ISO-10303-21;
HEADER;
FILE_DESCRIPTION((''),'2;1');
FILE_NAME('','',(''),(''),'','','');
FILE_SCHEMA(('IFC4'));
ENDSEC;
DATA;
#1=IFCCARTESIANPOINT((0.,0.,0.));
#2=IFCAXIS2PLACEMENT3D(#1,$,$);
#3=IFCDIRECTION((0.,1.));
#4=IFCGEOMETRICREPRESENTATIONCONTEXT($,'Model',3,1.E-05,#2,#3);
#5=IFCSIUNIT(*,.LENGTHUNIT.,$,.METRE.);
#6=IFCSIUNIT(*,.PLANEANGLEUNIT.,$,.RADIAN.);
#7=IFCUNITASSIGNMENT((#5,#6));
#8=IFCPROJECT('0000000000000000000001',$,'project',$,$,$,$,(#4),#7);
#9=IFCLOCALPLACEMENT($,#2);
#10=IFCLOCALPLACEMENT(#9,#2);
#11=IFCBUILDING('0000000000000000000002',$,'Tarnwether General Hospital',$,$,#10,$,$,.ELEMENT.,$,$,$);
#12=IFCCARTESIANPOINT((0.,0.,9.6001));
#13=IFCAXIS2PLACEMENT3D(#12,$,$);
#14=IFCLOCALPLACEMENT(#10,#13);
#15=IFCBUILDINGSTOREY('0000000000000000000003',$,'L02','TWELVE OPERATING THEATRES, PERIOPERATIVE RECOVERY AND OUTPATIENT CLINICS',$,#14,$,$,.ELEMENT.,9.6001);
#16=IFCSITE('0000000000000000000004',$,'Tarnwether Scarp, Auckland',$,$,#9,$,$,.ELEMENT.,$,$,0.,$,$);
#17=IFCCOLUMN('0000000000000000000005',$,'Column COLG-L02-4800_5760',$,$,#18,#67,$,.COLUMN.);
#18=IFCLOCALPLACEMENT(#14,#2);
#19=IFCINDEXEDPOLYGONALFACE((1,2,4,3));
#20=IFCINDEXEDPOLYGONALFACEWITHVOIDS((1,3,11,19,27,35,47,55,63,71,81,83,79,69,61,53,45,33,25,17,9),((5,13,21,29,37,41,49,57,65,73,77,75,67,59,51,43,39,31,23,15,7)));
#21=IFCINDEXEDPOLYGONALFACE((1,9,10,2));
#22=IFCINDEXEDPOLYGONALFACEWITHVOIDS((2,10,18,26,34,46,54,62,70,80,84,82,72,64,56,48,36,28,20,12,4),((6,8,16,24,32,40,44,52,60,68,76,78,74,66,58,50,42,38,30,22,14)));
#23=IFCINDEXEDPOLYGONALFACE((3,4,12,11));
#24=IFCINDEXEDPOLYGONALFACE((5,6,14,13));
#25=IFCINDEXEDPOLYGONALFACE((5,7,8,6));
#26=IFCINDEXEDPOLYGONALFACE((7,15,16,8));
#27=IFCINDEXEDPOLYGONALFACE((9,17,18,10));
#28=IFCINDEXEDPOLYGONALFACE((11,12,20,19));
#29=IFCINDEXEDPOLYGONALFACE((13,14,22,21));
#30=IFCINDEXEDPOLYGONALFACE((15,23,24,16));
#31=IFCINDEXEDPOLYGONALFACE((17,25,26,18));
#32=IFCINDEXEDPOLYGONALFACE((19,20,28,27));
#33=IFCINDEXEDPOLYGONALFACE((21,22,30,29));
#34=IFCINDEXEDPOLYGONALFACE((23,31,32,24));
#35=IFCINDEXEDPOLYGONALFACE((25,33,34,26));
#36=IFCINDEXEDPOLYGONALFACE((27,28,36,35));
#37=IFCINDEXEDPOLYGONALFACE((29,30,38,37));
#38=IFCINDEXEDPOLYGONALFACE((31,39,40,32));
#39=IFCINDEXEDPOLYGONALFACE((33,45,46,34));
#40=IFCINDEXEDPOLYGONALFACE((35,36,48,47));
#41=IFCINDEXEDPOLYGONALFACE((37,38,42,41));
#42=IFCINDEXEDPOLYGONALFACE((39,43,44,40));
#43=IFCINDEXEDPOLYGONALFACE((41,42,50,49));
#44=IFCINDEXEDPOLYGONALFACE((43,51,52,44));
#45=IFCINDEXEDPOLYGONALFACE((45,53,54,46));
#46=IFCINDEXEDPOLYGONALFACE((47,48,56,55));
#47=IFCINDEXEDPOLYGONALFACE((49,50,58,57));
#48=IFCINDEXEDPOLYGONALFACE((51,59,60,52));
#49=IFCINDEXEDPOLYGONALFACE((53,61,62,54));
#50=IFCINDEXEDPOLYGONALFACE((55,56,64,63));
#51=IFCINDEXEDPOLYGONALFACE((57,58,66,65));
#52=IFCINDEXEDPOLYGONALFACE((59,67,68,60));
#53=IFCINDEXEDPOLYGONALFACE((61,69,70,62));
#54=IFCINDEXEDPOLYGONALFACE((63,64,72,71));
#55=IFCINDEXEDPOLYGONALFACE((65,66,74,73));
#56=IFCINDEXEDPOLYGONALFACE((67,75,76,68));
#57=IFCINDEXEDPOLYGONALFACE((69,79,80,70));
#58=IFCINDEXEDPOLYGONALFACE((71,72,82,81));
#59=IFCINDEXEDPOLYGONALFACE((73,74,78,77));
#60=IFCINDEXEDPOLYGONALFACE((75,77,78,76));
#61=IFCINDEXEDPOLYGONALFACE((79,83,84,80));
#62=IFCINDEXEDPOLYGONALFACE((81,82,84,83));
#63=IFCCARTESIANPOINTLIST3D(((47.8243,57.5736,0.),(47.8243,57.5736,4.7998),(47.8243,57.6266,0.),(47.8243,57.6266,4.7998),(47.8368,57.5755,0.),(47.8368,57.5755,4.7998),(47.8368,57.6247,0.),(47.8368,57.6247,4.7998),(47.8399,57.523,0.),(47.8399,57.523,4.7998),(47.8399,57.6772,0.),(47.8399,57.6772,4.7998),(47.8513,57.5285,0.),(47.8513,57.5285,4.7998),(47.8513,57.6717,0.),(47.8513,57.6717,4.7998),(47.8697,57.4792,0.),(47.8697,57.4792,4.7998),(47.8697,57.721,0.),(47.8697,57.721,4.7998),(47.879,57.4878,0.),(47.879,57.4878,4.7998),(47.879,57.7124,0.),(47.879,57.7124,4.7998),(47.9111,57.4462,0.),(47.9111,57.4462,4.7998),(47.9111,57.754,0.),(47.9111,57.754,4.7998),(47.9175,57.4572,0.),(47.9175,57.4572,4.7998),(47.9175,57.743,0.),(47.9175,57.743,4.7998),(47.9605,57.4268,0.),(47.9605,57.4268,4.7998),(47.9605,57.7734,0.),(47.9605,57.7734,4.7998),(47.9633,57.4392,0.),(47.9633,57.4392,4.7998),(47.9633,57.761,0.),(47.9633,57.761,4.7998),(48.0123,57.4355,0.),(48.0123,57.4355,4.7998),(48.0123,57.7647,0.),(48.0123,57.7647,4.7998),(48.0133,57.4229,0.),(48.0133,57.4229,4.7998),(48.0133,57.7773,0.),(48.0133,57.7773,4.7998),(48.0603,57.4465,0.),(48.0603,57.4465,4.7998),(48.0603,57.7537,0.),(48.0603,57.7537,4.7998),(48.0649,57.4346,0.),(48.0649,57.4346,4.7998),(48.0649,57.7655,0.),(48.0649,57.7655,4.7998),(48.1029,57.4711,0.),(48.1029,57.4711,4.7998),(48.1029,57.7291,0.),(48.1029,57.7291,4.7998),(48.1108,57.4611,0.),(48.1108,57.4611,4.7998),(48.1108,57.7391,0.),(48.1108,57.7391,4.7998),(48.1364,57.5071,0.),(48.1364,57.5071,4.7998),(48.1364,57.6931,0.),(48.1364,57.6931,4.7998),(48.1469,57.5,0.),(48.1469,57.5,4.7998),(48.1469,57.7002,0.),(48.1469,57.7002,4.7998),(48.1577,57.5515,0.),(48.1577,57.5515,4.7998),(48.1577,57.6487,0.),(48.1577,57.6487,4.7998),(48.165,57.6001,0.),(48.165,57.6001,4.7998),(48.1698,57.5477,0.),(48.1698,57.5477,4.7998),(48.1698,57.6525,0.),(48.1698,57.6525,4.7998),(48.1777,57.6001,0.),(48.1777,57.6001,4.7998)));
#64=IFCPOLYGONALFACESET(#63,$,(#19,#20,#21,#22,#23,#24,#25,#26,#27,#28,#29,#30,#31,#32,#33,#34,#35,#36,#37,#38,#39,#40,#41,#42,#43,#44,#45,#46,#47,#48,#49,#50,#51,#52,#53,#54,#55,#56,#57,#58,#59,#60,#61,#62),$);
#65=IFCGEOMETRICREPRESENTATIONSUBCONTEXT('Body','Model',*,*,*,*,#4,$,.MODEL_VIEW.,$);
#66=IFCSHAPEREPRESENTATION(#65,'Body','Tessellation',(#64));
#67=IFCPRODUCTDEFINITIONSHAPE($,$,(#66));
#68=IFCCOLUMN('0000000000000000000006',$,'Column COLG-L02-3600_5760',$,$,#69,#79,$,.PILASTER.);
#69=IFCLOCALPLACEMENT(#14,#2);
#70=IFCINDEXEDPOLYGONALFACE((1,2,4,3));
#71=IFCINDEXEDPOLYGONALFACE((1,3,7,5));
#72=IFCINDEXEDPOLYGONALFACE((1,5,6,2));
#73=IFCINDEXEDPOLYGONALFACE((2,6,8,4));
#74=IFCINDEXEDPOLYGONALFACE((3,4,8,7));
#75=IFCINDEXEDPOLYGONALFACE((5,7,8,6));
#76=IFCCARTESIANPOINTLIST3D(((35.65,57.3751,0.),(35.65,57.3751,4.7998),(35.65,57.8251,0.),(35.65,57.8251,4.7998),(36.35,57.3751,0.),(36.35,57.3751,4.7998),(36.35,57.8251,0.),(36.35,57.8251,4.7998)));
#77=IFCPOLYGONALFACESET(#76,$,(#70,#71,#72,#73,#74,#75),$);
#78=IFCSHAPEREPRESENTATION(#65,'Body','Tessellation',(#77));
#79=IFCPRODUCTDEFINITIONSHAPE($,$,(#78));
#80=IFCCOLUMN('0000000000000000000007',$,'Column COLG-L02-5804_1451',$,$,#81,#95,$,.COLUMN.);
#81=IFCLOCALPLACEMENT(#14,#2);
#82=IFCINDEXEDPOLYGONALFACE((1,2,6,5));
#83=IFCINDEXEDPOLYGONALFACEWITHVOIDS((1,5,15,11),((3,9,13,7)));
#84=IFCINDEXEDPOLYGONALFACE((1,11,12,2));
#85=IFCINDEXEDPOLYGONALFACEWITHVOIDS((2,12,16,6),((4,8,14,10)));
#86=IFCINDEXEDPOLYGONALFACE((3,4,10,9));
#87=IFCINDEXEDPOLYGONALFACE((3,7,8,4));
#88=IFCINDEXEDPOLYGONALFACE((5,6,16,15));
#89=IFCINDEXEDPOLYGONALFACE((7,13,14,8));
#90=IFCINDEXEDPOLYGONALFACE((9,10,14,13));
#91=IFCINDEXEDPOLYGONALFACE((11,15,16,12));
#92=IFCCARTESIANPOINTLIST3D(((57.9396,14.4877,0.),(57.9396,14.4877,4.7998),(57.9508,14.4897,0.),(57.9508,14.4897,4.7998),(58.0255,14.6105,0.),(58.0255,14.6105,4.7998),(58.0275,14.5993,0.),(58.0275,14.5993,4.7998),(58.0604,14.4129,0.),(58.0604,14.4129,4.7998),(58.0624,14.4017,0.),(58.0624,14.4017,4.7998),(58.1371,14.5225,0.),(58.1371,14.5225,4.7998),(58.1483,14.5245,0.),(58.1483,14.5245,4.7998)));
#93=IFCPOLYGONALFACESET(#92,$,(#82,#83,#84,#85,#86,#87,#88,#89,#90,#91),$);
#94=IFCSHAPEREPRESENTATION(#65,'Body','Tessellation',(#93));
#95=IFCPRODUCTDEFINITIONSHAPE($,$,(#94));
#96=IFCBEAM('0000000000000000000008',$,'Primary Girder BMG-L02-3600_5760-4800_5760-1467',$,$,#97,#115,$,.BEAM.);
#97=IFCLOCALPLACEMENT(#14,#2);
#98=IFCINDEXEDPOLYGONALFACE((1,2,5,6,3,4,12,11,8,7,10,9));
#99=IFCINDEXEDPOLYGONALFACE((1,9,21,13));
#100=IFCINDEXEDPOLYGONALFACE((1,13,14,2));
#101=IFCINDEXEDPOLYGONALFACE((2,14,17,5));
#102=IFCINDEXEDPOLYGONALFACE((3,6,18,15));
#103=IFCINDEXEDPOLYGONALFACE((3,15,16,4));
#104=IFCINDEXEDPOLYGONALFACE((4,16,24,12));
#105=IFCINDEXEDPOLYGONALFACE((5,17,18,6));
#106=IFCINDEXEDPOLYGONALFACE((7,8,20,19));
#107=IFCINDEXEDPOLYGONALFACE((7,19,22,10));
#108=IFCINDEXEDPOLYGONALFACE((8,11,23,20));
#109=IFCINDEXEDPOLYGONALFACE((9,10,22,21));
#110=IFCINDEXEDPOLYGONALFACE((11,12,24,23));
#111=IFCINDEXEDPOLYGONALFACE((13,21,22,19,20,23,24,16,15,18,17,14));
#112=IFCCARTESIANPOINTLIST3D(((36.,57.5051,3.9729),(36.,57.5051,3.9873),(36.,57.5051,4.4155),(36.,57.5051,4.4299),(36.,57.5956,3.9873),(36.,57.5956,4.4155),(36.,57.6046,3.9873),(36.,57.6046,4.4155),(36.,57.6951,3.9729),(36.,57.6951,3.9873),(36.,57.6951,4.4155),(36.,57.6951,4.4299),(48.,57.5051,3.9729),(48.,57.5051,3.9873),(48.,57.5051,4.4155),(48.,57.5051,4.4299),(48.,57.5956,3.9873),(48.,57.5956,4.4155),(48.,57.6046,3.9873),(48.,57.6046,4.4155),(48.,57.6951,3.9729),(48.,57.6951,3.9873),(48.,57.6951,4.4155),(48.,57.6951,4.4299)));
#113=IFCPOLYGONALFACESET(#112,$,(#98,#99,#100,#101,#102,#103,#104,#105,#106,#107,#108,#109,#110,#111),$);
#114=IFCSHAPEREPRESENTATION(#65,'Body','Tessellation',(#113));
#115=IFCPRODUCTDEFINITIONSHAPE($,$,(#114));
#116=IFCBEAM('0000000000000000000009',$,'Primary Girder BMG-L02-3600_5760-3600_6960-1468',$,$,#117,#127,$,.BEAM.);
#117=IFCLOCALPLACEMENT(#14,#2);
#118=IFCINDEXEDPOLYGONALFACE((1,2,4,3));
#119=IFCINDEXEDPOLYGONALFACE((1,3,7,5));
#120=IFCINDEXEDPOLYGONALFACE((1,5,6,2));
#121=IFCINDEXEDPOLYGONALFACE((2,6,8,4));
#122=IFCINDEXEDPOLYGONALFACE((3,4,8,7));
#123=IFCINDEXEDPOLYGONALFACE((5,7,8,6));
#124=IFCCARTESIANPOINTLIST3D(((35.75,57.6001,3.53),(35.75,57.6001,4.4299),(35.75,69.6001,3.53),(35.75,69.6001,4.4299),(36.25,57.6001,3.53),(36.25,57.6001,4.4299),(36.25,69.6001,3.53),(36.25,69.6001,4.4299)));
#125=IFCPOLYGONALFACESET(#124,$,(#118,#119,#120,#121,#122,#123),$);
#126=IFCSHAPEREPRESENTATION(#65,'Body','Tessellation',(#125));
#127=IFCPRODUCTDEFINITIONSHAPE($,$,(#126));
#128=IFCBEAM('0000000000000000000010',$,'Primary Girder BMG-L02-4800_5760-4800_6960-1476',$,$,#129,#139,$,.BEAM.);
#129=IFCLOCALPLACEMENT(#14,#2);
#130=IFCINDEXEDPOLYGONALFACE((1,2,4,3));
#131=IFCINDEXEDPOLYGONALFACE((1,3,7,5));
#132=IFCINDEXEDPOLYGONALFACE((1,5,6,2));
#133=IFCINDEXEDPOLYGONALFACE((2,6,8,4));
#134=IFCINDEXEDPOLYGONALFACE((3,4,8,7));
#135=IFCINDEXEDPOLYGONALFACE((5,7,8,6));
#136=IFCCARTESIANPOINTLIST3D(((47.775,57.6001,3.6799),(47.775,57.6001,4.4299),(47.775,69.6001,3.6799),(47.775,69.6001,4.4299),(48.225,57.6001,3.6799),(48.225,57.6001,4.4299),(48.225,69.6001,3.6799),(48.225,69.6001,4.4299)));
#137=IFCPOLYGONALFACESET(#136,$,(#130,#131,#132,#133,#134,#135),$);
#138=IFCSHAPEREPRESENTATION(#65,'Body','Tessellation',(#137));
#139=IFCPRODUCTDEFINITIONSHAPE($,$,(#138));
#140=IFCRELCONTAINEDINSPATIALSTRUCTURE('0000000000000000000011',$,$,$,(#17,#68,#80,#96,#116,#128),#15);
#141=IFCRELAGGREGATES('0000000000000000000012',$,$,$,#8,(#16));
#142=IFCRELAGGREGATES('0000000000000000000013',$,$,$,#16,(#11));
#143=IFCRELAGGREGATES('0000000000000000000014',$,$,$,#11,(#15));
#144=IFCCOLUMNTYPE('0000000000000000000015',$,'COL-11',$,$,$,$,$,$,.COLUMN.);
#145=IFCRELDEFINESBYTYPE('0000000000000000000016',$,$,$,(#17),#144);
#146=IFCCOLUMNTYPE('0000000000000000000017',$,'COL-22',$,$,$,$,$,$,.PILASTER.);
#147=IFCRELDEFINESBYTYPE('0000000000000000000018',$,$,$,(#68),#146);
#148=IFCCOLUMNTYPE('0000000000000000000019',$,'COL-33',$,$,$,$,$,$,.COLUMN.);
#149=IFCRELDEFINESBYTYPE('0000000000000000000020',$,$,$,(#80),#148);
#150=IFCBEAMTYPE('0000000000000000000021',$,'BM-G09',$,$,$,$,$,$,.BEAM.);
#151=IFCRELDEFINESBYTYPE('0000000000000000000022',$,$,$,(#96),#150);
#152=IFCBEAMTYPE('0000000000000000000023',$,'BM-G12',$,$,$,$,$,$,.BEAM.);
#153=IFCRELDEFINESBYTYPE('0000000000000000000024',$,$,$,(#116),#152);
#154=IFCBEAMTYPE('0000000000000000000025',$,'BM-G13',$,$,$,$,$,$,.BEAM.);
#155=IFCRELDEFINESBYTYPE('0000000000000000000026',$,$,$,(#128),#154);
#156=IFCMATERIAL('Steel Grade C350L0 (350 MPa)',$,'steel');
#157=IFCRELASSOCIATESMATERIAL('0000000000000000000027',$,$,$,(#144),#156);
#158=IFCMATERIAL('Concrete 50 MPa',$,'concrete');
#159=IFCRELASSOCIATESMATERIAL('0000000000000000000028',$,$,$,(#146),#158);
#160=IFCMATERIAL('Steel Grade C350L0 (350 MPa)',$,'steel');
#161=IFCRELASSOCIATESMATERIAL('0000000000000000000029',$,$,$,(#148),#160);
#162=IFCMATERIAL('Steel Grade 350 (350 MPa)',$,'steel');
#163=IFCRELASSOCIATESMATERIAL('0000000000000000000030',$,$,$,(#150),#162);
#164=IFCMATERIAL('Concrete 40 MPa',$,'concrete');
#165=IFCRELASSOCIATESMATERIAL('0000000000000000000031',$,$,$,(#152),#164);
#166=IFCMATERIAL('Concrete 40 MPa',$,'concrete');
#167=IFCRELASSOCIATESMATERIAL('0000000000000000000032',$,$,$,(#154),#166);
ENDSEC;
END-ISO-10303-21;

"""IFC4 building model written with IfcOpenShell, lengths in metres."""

from ifc_helpers import new_model, si_unit, direction, frame, origin, origin_2d, place, context, subcontext, project, spatial, rectangle, hollow_rectangle, hollow_circle, i_section, extrude, material, material_profile, profile_set, type_object, element, save


model = new_model("IFC4")

# Units and contexts
model_context = context("Model", 3, precision=1e-05, world=origin(), true_north=direction((0.0, 1.0)))
body_context = subcontext(model_context, "Body", "Model", "MODEL_VIEW")
ifc_project = project(units=[si_unit("LENGTHUNIT", "METRE"), si_unit("PLANEANGLEUNIT", "RADIAN")], contexts=[model_context])

# Site, building, storey
site_placement = place(None, origin())
site = spatial("IfcSite", under=ifc_project, at=site_placement, Name="Tarnwether Scarp, Auckland", CompositionType="ELEMENT", RefElevation=0.0)
building_placement = place(site_placement, origin())
building = spatial("IfcBuilding", under=site, at=building_placement, Name="Tarnwether General Hospital", CompositionType="ELEMENT")
storey_placement = place(building_placement, frame((0.0, 0.0, 9.6001)))
storey = spatial("IfcBuildingStorey", under=building, at=storey_placement, Name="L02", Description="TWELVE OPERATING THEATRES, PERIOPERATIVE RECOVERY AND OUTPATIENT CLINICS", CompositionType="ELEMENT", Elevation=9.6001)

# Columns
ifc_material_1 = material(Name="Steel Grade C350L0 (350 MPa)", Category="steel")
ifc_material_profile_1 = material_profile(ifc_material_1, hollow_circle(Radius=0.1777, WallThickness=0.0127, at=origin_2d()), Name="CHS355.6x12.7")
ifc_profile_set_1 = profile_set([ifc_material_profile_1], Name="Steel Grade C350L0 (350 MPa)")
column_type_1 = type_object("IfcColumnType", Name="COL-11", PredefinedType="COLUMN", material=ifc_profile_set_1)
column_1_placement = place(storey_placement, frame((48.0, 57.6001, 0.0), z_axis=(0.0, 0.0, 1.0), x_axis=(1.0, 0.0, 0.0)))
element("IfcColumn", 1, at=column_1_placement, inside=storey, type_object=column_type_1, Name="Column COLG-L02-4800_5760", PredefinedType="COLUMN", context=body_context, shape_type="SweptSolid", body=[
    extrude(hollow_circle(Radius=0.1777, WallThickness=0.0127, at=origin_2d()), origin(), (0.0, 0.0, 1.0), 4.7998),
])
ifc_material_2 = material(Name="Concrete 50 MPa", Category="concrete")
ifc_material_profile_2 = material_profile(ifc_material_2, rectangle(XDim=0.45, YDim=0.7, at=origin_2d()), Name="RC-PIL-450x700")
ifc_profile_set_2 = profile_set([ifc_material_profile_2], Name="Concrete 50 MPa")
column_type_2 = type_object("IfcColumnType", Name="COL-22", PredefinedType="PILASTER", material=ifc_profile_set_2)
column_2_placement = place(storey_placement, frame((36.0, 57.6001, 0.0), z_axis=(0.0, 0.0, 1.0), x_axis=(0.0, 1.0, 0.0)))
element("IfcColumn", 2, at=column_2_placement, inside=storey, type_object=column_type_2, Name="Column COLG-L02-3600_5760", PredefinedType="PILASTER", context=body_context, shape_type="SweptSolid", body=[
    extrude(rectangle(XDim=0.45, YDim=0.7, at=origin_2d()), origin(), (0.0, 0.0, 1.0), 4.7998),
])
ifc_material_3 = material(Name="Steel Grade C350L0 (350 MPa)", Category="steel")
ifc_material_profile_3 = material_profile(ifc_material_3, hollow_rectangle(XDim=0.1499, YDim=0.1499, WallThickness=0.0081, at=origin_2d()), Name="SHS150x150x8")
ifc_profile_set_3 = profile_set([ifc_material_profile_3], Name="Steel Grade C350L0 (350 MPa)")
column_type_3 = type_object("IfcColumnType", Name="COL-33", PredefinedType="COLUMN", material=ifc_profile_set_3)
column_3_placement = place(storey_placement, frame((58.0439, 14.5061, 0.0), z_axis=(0.0, 0.0, 1.0), x_axis=(0.573576, 0.819152, 0.0)))
element("IfcColumn", 3, at=column_3_placement, inside=storey, type_object=column_type_3, Name="Column COLG-L02-5804_1451", PredefinedType="COLUMN", context=body_context, shape_type="SweptSolid", body=[
    extrude(hollow_rectangle(XDim=0.1499, YDim=0.1499, WallThickness=0.0081, at=origin_2d()), origin(), (0.0, 0.0, 1.0), 4.7998),
])

# Beams
ifc_material_4 = material(Name="Steel Grade 350 (350 MPa)", Category="steel")
ifc_material_profile_4 = material_profile(ifc_material_4, i_section(OverallWidth=0.1899, OverallDepth=0.457, WebThickness=0.009, FlangeThickness=0.0144, at=origin_2d()), Name="460UB74.6")
ifc_profile_set_4 = profile_set([ifc_material_profile_4], Name="Steel Grade 350 (350 MPa)")
beam_type_1 = type_object("IfcBeamType", Name="BM-G09", PredefinedType="BEAM", material=ifc_profile_set_4)
beam_1_placement = place(storey_placement, frame((36.0, 57.6001, 4.2014), z_axis=(1.0, 0.0, 0.0), x_axis=(0.0, 1.0, 0.0)))
element("IfcBeam", 4, at=beam_1_placement, inside=storey, type_object=beam_type_1, Name="Primary Girder BMG-L02-3600_5760-4800_5760-1467", PredefinedType="BEAM", context=body_context, shape_type="SweptSolid", body=[
    extrude(i_section(OverallWidth=0.1899, OverallDepth=0.457, WebThickness=0.009, FlangeThickness=0.0144, at=origin_2d()), origin(), (0.0, 0.0, 1.0), 12.0),
])
ifc_material_5 = material(Name="Concrete 40 MPa", Category="concrete")
ifc_material_profile_5 = material_profile(ifc_material_5, rectangle(XDim=0.5, YDim=0.8999, at=origin_2d()), Name="RC-BM-500x900")
ifc_profile_set_5 = profile_set([ifc_material_profile_5], Name="Concrete 40 MPa")
beam_type_2 = type_object("IfcBeamType", Name="BM-G12", PredefinedType="BEAM", material=ifc_profile_set_5)
beam_2_placement = place(storey_placement, frame((36.0, 57.6001, 3.98), z_axis=(0.0, 1.0, 0.0), x_axis=(-1.0, 0.0, 0.0)))
element("IfcBeam", 5, at=beam_2_placement, inside=storey, type_object=beam_type_2, Name="Primary Girder BMG-L02-3600_5760-3600_6960-1468", PredefinedType="BEAM", context=body_context, shape_type="SweptSolid", body=[
    extrude(rectangle(XDim=0.5, YDim=0.8999, at=origin_2d()), origin(), (0.0, 0.0, 1.0), 12.0),
])
ifc_material_6 = material(Name="Concrete 40 MPa", Category="concrete")
ifc_material_profile_6 = material_profile(ifc_material_6, rectangle(XDim=0.45, YDim=0.75, at=origin_2d()), Name="RC-BM-450x750")
ifc_profile_set_6 = profile_set([ifc_material_profile_6], Name="Concrete 40 MPa")
beam_type_3 = type_object("IfcBeamType", Name="BM-G13", PredefinedType="BEAM", material=ifc_profile_set_6)
beam_3_placement = place(storey_placement, frame((48.0, 57.6001, 4.0549), z_axis=(0.0, 1.0, 0.0), x_axis=(-1.0, 0.0, 0.0)))
element("IfcBeam", 6, at=beam_3_placement, inside=storey, type_object=beam_type_3, Name="Primary Girder BMG-L02-4800_5760-4800_6960-1476", PredefinedType="BEAM", context=body_context, shape_type="SweptSolid", body=[
    extrude(rectangle(XDim=0.45, YDim=0.75, at=origin_2d()), origin(), (0.0, 0.0, 1.0), 12.0),
])

save(model, "model.ifc")
